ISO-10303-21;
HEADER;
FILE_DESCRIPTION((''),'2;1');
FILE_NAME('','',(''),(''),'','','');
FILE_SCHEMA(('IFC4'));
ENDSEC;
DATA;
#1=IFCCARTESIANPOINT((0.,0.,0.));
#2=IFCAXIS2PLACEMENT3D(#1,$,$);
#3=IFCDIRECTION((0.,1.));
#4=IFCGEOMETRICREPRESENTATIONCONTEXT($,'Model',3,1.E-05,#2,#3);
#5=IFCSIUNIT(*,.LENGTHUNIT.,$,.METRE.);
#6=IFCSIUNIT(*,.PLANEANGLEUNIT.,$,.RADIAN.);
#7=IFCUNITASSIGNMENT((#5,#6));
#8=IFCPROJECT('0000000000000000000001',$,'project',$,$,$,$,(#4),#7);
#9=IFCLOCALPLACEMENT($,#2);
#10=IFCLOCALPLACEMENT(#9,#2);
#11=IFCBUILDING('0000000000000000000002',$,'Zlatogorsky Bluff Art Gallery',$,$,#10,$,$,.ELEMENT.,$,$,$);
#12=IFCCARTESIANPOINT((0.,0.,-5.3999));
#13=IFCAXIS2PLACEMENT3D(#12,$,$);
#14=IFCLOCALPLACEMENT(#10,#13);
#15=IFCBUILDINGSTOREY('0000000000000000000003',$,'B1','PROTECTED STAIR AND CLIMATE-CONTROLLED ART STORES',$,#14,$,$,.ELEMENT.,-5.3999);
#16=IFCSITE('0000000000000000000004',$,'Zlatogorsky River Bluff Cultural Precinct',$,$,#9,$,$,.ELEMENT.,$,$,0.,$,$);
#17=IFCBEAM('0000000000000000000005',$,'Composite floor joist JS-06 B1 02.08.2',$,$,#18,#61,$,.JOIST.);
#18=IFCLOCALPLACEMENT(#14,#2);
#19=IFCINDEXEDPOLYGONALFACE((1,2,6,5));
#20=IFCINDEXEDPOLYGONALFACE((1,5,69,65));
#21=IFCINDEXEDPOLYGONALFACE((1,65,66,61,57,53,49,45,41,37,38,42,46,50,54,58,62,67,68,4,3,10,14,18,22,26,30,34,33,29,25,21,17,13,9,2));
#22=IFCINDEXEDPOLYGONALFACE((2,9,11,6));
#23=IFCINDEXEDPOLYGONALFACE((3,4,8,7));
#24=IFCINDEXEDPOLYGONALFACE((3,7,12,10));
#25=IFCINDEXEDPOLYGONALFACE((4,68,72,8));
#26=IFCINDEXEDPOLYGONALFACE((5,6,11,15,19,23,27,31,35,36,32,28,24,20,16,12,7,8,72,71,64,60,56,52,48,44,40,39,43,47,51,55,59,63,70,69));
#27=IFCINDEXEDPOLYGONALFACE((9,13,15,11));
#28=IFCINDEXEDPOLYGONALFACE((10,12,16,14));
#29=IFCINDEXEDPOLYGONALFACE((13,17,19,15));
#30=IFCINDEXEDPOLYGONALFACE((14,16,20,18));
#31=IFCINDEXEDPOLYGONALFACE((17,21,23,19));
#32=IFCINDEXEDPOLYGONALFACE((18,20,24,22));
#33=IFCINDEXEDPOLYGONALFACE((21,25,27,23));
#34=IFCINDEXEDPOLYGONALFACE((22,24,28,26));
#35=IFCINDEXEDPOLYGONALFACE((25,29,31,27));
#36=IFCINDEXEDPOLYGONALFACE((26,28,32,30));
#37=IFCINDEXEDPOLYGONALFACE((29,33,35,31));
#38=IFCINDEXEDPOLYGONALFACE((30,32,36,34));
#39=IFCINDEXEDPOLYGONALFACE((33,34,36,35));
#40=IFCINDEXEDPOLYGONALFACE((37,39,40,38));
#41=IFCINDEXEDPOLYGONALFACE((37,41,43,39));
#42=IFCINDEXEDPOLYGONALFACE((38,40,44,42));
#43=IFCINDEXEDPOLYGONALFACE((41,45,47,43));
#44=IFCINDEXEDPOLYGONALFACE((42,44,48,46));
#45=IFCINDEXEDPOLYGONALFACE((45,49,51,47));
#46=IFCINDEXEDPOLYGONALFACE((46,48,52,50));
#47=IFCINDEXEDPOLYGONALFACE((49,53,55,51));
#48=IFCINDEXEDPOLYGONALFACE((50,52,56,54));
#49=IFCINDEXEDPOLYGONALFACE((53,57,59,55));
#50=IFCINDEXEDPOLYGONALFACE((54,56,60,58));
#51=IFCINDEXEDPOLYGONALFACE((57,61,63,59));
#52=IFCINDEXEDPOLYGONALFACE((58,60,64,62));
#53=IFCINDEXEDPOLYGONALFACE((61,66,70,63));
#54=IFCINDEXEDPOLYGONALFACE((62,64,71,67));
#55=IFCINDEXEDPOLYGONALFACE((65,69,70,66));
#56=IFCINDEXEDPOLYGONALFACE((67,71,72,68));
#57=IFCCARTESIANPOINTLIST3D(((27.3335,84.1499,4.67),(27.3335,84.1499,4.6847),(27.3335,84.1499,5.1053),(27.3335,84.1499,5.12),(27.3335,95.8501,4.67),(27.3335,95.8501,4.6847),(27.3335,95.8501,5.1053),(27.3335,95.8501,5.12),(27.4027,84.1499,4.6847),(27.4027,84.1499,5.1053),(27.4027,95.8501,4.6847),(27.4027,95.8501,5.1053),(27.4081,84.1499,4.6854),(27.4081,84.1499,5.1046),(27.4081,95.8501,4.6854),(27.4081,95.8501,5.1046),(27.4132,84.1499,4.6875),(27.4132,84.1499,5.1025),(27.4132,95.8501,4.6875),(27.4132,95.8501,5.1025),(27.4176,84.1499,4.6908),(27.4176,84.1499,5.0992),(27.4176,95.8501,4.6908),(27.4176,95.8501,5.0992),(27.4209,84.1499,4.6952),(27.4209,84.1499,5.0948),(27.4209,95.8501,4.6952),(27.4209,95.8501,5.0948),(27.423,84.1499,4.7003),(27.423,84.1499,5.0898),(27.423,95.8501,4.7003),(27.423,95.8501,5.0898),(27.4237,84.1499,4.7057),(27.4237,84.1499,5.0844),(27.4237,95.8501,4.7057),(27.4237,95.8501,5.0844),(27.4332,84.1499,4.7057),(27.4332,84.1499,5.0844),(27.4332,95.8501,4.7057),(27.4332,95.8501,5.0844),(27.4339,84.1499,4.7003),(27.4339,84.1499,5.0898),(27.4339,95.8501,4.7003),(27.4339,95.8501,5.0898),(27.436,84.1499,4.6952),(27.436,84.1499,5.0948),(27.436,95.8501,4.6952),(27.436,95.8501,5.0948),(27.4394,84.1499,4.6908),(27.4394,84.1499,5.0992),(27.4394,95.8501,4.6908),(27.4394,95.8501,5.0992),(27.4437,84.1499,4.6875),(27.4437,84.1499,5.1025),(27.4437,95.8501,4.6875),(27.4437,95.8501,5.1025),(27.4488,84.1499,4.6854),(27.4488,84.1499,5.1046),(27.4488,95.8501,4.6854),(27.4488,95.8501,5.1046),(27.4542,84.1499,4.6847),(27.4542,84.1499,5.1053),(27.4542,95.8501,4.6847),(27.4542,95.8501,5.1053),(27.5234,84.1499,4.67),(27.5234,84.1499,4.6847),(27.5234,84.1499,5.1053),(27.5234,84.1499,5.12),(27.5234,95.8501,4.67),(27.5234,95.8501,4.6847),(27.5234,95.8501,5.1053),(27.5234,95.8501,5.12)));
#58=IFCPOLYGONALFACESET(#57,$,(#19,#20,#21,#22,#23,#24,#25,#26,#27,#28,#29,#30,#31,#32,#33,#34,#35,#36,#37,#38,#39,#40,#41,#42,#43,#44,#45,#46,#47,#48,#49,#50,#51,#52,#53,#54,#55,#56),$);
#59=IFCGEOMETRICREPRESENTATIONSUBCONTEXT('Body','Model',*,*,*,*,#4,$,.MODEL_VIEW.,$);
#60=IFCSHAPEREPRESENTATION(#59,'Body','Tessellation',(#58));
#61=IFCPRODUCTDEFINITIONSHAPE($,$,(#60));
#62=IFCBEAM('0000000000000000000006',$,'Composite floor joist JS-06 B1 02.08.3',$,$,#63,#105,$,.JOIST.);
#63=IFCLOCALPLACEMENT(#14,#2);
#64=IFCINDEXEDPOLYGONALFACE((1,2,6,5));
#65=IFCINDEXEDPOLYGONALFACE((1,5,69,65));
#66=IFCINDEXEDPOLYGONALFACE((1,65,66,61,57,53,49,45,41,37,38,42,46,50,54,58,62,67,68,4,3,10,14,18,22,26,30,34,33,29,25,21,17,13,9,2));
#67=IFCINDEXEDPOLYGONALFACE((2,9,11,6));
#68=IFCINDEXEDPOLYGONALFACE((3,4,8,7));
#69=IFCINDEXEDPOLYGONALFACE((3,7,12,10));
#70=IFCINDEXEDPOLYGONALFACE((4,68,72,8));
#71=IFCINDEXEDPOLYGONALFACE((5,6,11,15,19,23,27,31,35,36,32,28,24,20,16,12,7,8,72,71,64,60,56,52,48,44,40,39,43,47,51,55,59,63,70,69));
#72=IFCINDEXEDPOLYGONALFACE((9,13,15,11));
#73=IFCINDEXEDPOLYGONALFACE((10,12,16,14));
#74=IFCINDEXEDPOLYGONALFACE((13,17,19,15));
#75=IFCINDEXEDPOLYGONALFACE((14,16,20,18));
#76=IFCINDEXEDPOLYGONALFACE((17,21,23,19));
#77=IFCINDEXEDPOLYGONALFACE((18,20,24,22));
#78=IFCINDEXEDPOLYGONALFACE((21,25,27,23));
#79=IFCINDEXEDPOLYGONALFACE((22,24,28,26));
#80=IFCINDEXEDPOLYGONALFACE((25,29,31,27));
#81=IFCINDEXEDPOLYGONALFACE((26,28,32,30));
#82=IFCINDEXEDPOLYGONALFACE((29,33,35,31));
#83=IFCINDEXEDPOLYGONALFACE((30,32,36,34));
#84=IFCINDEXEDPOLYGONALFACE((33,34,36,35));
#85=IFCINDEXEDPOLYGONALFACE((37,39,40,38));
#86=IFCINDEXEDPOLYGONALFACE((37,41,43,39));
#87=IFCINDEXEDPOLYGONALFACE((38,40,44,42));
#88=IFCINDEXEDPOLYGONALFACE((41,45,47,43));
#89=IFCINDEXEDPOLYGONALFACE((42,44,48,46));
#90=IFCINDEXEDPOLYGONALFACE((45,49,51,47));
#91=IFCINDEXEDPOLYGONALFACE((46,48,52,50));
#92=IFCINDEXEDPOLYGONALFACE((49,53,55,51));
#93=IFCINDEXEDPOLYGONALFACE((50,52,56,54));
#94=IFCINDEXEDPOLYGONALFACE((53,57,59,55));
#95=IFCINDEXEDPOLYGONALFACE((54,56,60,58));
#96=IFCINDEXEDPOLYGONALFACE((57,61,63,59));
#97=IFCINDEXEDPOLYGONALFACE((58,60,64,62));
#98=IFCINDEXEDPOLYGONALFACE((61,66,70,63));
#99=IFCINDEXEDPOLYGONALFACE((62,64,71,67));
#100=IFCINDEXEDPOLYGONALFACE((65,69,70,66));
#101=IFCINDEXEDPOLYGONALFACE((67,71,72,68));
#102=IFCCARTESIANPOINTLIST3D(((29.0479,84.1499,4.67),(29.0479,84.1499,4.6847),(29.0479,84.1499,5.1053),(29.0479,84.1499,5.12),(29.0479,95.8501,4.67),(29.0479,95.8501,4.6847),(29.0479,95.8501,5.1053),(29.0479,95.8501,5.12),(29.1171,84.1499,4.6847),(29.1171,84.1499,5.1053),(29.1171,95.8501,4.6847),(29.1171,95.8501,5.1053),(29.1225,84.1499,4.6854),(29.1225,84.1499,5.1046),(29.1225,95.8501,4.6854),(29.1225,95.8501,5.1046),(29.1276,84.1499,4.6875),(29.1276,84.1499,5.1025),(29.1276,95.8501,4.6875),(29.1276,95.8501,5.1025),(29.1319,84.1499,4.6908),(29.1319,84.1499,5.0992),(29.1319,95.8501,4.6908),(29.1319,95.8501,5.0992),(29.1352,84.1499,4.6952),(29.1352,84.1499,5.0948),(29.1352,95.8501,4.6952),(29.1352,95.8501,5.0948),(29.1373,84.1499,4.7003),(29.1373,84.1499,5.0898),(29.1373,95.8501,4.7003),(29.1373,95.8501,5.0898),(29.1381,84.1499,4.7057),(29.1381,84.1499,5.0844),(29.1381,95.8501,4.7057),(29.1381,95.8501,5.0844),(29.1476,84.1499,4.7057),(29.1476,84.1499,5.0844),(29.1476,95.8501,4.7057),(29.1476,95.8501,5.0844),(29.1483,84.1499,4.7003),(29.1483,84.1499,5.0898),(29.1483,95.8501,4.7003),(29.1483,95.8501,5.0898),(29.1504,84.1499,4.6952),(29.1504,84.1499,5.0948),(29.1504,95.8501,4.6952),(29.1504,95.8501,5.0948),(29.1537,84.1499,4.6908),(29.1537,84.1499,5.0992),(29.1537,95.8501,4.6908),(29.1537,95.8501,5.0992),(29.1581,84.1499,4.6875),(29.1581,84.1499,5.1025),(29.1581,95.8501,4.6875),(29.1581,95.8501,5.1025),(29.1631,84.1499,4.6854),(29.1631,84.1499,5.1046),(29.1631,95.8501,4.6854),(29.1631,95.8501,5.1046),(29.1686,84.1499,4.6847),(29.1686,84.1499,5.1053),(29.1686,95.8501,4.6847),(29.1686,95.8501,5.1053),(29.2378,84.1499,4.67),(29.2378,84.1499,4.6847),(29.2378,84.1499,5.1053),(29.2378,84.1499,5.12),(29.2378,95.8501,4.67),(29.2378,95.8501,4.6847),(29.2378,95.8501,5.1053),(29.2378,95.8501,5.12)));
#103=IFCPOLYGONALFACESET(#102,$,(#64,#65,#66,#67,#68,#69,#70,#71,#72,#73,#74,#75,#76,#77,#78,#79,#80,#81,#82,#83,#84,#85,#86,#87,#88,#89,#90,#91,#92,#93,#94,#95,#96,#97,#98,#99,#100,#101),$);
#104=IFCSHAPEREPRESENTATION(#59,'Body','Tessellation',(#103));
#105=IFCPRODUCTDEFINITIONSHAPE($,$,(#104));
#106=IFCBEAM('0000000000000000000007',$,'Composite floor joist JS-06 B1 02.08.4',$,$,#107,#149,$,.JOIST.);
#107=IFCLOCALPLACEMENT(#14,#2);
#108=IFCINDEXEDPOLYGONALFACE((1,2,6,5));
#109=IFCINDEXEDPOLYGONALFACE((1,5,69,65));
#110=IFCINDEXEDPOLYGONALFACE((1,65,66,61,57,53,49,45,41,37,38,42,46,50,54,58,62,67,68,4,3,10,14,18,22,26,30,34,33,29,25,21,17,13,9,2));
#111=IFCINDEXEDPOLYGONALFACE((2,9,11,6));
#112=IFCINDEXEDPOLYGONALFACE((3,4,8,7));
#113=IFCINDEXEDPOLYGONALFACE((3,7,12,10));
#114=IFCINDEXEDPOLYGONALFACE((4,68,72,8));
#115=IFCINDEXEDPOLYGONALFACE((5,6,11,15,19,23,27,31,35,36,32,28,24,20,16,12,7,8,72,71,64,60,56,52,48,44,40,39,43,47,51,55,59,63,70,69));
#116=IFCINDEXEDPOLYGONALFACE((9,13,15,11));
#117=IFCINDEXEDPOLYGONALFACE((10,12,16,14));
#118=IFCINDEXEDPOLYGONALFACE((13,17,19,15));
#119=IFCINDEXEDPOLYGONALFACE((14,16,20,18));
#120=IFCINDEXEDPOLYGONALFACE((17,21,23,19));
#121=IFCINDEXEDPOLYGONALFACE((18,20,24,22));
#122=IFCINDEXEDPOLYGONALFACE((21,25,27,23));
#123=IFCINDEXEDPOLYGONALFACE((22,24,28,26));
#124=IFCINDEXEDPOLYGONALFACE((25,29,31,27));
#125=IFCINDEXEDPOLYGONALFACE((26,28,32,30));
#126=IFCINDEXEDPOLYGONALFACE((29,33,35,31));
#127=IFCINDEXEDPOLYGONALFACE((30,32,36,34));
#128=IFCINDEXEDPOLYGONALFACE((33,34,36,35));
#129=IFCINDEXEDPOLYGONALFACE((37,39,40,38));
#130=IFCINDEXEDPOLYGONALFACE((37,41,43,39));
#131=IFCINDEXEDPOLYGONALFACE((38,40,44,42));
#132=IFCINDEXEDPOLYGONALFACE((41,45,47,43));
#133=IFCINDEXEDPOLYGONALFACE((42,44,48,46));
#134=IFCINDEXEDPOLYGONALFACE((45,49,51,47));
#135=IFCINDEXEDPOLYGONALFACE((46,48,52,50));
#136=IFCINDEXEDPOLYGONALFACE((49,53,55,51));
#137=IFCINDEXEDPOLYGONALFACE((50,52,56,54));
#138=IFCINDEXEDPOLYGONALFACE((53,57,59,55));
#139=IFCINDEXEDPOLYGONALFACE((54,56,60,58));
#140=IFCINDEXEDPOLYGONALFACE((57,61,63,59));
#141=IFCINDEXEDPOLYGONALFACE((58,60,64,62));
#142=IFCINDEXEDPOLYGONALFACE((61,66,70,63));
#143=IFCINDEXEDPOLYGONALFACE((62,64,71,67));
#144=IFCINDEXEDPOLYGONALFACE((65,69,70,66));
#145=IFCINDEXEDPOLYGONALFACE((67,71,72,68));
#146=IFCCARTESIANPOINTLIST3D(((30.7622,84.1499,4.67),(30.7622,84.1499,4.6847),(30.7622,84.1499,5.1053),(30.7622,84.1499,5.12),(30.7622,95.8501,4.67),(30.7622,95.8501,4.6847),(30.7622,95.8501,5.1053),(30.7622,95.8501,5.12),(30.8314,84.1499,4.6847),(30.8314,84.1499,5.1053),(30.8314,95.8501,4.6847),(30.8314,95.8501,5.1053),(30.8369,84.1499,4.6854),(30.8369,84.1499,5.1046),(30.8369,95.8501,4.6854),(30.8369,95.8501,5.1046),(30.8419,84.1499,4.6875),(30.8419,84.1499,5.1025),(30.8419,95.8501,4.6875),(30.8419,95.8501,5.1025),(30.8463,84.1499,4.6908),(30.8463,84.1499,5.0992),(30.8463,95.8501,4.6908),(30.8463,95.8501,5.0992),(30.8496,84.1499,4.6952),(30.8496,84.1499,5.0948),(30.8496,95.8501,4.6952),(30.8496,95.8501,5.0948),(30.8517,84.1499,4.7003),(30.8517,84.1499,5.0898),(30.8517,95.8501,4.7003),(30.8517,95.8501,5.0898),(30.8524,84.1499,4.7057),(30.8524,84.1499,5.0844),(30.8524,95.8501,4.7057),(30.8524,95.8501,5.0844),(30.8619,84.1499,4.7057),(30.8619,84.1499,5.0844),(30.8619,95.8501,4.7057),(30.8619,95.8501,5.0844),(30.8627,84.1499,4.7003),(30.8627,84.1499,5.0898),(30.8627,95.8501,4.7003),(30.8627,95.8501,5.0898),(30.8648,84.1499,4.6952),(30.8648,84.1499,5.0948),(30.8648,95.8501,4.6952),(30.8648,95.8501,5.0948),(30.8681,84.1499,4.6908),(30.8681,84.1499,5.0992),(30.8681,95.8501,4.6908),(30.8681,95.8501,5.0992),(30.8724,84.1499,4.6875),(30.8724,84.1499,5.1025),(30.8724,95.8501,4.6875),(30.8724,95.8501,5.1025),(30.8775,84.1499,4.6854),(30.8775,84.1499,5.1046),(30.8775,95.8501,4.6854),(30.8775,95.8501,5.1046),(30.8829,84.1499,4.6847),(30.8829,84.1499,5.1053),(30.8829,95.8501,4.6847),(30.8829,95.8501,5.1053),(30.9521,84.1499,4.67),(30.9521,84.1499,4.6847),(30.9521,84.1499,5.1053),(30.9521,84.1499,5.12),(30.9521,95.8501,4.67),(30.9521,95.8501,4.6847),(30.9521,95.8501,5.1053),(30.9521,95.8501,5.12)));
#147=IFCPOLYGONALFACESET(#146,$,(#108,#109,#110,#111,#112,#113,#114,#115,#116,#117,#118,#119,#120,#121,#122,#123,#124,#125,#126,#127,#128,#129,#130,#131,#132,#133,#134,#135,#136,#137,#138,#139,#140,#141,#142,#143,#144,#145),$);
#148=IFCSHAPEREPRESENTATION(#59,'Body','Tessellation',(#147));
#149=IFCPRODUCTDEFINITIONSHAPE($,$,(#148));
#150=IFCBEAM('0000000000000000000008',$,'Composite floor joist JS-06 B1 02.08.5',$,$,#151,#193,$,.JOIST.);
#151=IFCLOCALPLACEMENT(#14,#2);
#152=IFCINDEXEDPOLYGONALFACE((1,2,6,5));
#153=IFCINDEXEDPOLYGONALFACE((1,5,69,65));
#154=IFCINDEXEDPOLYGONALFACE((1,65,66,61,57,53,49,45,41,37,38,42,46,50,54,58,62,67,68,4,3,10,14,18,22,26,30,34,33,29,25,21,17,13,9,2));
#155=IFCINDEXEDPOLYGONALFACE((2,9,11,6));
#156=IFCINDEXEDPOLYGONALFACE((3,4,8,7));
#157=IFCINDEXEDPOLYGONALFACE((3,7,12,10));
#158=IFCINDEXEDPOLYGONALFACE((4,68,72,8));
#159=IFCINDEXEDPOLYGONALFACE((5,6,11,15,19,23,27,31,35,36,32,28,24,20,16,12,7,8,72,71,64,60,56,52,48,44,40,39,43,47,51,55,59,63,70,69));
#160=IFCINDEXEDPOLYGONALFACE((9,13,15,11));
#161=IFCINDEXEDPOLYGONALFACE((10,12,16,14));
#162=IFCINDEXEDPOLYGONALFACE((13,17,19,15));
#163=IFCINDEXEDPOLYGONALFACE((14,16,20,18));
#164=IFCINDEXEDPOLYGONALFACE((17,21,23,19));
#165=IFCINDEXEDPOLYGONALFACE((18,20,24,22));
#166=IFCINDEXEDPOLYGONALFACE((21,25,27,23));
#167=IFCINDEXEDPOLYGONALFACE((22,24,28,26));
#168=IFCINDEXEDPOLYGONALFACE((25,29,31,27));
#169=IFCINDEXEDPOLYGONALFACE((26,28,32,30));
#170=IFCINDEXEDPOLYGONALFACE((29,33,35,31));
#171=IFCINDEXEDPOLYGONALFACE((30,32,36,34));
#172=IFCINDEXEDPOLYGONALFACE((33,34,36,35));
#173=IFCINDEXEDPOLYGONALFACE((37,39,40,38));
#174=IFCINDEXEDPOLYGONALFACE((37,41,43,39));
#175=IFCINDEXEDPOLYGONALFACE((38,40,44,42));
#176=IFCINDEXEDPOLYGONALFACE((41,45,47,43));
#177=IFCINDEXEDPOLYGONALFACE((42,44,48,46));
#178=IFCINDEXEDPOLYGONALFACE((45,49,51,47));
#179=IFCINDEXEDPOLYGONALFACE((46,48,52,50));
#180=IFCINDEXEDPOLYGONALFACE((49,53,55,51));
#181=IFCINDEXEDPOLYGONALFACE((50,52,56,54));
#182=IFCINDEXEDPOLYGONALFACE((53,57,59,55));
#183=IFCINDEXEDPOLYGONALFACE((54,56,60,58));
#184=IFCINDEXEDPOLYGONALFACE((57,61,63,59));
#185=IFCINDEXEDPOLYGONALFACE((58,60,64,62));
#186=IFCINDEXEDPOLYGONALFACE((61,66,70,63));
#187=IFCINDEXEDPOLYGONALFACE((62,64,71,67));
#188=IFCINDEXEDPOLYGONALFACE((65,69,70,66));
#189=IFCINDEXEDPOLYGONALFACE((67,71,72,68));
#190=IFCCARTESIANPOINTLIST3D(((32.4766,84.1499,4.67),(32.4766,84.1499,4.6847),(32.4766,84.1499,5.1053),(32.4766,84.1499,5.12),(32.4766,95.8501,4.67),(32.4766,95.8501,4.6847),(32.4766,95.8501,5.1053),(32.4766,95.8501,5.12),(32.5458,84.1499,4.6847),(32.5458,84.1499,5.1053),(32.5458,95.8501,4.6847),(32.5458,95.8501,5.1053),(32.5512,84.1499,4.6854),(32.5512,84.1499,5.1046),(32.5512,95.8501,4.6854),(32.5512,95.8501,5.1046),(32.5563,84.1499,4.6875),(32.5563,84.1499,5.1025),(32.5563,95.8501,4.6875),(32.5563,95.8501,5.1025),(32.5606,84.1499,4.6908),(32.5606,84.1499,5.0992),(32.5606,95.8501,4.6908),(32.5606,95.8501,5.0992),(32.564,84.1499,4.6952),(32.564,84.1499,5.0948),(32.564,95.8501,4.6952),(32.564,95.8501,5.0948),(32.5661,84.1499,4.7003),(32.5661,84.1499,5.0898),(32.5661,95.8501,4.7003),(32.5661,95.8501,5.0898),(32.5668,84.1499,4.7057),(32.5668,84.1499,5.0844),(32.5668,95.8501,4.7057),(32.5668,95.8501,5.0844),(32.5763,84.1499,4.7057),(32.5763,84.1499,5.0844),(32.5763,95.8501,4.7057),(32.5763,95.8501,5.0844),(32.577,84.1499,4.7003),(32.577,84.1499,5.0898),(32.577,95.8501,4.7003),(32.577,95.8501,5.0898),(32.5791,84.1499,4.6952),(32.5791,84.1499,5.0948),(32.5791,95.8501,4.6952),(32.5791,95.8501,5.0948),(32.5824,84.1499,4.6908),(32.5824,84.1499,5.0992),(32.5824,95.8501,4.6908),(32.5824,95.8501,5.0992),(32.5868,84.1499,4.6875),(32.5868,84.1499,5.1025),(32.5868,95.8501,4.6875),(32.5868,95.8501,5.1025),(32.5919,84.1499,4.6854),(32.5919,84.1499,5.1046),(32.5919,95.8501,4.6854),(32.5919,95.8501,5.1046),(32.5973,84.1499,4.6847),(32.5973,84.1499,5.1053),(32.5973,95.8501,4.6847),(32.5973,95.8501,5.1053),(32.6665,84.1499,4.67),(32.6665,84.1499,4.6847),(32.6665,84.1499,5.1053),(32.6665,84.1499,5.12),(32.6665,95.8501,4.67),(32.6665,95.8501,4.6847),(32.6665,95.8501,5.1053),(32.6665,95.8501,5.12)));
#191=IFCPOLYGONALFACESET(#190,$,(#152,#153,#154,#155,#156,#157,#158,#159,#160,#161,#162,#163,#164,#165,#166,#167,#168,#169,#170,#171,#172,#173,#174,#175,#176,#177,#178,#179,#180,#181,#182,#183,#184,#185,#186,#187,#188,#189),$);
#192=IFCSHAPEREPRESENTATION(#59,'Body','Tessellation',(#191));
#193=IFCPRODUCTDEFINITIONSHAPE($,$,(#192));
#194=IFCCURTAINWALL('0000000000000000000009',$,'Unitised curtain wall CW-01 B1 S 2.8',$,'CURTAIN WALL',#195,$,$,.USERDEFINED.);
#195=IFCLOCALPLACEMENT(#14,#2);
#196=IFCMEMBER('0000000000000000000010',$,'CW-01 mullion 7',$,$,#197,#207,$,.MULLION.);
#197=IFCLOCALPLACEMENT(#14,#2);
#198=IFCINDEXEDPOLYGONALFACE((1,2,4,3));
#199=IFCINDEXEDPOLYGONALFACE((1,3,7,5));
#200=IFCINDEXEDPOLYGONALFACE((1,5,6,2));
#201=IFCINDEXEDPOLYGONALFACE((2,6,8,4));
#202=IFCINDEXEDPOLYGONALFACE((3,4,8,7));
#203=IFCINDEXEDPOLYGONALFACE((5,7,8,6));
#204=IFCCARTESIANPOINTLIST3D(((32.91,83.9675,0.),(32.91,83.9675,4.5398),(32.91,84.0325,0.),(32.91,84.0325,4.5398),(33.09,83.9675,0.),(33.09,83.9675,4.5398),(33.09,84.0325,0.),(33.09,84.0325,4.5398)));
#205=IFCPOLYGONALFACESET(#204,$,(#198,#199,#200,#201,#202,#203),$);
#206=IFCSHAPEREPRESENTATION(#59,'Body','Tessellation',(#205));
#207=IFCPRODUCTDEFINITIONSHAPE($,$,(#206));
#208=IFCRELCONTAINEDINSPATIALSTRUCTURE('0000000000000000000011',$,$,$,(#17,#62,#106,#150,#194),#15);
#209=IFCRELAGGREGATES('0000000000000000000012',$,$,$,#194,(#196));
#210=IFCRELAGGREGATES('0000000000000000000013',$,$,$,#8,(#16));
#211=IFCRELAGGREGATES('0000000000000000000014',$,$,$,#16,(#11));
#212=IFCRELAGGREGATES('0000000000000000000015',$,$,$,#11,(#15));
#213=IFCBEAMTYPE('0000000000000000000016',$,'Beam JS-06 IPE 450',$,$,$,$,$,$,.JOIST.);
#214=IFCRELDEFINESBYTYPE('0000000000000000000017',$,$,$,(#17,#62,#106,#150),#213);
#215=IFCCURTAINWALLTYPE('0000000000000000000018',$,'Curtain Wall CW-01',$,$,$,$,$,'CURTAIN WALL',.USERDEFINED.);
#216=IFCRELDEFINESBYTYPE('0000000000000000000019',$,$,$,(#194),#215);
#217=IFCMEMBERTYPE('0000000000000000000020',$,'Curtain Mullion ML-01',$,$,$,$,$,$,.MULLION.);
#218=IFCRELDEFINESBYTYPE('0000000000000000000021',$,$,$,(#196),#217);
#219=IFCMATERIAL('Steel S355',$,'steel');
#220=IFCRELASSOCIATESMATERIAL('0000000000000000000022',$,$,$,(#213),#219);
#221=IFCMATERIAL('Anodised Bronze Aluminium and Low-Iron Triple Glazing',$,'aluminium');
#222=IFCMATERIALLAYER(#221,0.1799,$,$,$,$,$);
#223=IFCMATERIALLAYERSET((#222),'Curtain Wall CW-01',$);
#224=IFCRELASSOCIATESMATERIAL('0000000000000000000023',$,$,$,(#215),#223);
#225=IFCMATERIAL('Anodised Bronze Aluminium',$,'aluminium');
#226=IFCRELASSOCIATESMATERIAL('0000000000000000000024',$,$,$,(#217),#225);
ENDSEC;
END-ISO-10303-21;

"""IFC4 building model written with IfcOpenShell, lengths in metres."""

from ifc_helpers import new_model, si_unit, direction, frame, origin, origin_2d, place, context, subcontext, project, spatial, rectangle, i_section, extrude, material, layer, layer_set, material_profile, profile_set, type_object, element, aggregate, save


model = new_model("IFC4")

# Units and contexts
model_context = context("Model", 3, precision=1e-05, world=origin(), true_north=direction((0.0, 1.0)))
body_context = subcontext(model_context, "Body", "Model", "MODEL_VIEW")
ifc_project = project(units=[si_unit("LENGTHUNIT", "METRE"), si_unit("PLANEANGLEUNIT", "RADIAN")], contexts=[model_context])

# Site, building, storey
site_placement = place(None, origin())
site = spatial("IfcSite", under=ifc_project, at=site_placement, Name="Zlatogorsky River Bluff Cultural Precinct", CompositionType="ELEMENT", RefElevation=0.0)
building_placement = place(site_placement, origin())
building = spatial("IfcBuilding", under=site, at=building_placement, Name="Zlatogorsky Bluff Art Gallery", CompositionType="ELEMENT")
storey_placement = place(building_placement, frame((0.0, 0.0, -5.3999)))
storey = spatial("IfcBuildingStorey", under=building, at=storey_placement, Name="B1", Description="PROTECTED STAIR AND CLIMATE-CONTROLLED ART STORES", CompositionType="ELEMENT", Elevation=-5.3999)

# Shared definitions
ifc_material_1 = material(Name="Steel S355", Category="steel")

# Beams
ifc_material_profile_1 = material_profile(ifc_material_1, i_section(OverallWidth=0.1899, OverallDepth=0.45, WebThickness=0.0095, FlangeThickness=0.0146, FilletRadius=0.021, at=origin_2d()), Name="IPE 450")
ifc_profile_set_1 = profile_set([ifc_material_profile_1], Name="Steel S355")
beam_type_1 = type_object("IfcBeamType", Name="Beam JS-06 IPE 450", PredefinedType="JOIST", material=ifc_profile_set_1)
for number, where, z_axis, x_axis, name in (
    (1, (27.4285, 84.1499, 4.895), (0.0, 1.0, 0.0), (-1.0, 0.0, 0.0), "Composite floor joist JS-06 B1 02.08.2"),
    (2, (29.1428, 84.1499, 4.895), (0.0, 1.0, 0.0), (-1.0, 0.0, 0.0), "Composite floor joist JS-06 B1 02.08.3"),
    (3, (30.8572, 84.1499, 4.895), (0.0, 1.0, 0.0), (-1.0, 0.0, 0.0), "Composite floor joist JS-06 B1 02.08.4"),
    (4, (32.5715, 84.1499, 4.895), (0.0, 1.0, 0.0), (-1.0, 0.0, 0.0), "Composite floor joist JS-06 B1 02.08.5"),
):
    element("IfcBeam", number, at=place(storey_placement, frame(where, z_axis=z_axis, x_axis=x_axis)), inside=storey, type_object=beam_type_1, Name=name, PredefinedType="JOIST", context=body_context, shape_type="SweptSolid", body=[
        extrude(i_section(OverallWidth=0.1899, OverallDepth=0.45, WebThickness=0.0095, FlangeThickness=0.0146, FilletRadius=0.021, at=origin_2d()), origin(), (0.0, 0.0, 1.0), 11.7002),
    ])

# Curtain wall, member
ifc_material_2 = material(Name="Anodised Bronze Aluminium and Low-Iron Triple Glazing", Category="aluminium")
ifc_layer_1 = layer(ifc_material_2, 0.1799)
ifc_layer_set_1 = layer_set([ifc_layer_1], Name="Curtain Wall CW-01")
curtain_wall_type = type_object("IfcCurtainWallType", Name="Curtain Wall CW-01", ElementType="CURTAIN WALL", PredefinedType="USERDEFINED", material=ifc_layer_set_1)
curtain_wall_placement = place(storey_placement, origin())
curtain_wall = element("IfcCurtainWall", 5, at=curtain_wall_placement, inside=storey, type_object=curtain_wall_type, Name="Unitised curtain wall CW-01 B1 S 2.8", ObjectType="CURTAIN WALL", PredefinedType="USERDEFINED")
ifc_material_3 = material(Name="Anodised Bronze Aluminium", Category="aluminium")
ifc_material_profile_2 = material_profile(ifc_material_3, rectangle(XDim=0.0649, YDim=0.1799, at=origin_2d()), Name="ALU MULLION 65x180")
ifc_profile_set_2 = profile_set([ifc_material_profile_2], Name="Anodised Bronze Aluminium")
member_type_1 = type_object("IfcMemberType", Name="Curtain Mullion ML-01", PredefinedType="MULLION", material=ifc_profile_set_2)
member_1_placement = place(storey_placement, frame((33.0, 84.0, 0.0), z_axis=(0.0, 0.0, 1.0), x_axis=(0.0, 1.0, 0.0)))
member_1 = element("IfcMember", 6, at=member_1_placement, type_object=member_type_1, Name="CW-01 mullion 7", PredefinedType="MULLION", context=body_context, shape_type="SweptSolid", body=[
    extrude(rectangle(XDim=0.0649, YDim=0.1799, at=origin_2d()), origin(), (0.0, 0.0, 1.0), 4.5398),
])
aggregate(curtain_wall, [member_1])

save(model, "model.ifc")
